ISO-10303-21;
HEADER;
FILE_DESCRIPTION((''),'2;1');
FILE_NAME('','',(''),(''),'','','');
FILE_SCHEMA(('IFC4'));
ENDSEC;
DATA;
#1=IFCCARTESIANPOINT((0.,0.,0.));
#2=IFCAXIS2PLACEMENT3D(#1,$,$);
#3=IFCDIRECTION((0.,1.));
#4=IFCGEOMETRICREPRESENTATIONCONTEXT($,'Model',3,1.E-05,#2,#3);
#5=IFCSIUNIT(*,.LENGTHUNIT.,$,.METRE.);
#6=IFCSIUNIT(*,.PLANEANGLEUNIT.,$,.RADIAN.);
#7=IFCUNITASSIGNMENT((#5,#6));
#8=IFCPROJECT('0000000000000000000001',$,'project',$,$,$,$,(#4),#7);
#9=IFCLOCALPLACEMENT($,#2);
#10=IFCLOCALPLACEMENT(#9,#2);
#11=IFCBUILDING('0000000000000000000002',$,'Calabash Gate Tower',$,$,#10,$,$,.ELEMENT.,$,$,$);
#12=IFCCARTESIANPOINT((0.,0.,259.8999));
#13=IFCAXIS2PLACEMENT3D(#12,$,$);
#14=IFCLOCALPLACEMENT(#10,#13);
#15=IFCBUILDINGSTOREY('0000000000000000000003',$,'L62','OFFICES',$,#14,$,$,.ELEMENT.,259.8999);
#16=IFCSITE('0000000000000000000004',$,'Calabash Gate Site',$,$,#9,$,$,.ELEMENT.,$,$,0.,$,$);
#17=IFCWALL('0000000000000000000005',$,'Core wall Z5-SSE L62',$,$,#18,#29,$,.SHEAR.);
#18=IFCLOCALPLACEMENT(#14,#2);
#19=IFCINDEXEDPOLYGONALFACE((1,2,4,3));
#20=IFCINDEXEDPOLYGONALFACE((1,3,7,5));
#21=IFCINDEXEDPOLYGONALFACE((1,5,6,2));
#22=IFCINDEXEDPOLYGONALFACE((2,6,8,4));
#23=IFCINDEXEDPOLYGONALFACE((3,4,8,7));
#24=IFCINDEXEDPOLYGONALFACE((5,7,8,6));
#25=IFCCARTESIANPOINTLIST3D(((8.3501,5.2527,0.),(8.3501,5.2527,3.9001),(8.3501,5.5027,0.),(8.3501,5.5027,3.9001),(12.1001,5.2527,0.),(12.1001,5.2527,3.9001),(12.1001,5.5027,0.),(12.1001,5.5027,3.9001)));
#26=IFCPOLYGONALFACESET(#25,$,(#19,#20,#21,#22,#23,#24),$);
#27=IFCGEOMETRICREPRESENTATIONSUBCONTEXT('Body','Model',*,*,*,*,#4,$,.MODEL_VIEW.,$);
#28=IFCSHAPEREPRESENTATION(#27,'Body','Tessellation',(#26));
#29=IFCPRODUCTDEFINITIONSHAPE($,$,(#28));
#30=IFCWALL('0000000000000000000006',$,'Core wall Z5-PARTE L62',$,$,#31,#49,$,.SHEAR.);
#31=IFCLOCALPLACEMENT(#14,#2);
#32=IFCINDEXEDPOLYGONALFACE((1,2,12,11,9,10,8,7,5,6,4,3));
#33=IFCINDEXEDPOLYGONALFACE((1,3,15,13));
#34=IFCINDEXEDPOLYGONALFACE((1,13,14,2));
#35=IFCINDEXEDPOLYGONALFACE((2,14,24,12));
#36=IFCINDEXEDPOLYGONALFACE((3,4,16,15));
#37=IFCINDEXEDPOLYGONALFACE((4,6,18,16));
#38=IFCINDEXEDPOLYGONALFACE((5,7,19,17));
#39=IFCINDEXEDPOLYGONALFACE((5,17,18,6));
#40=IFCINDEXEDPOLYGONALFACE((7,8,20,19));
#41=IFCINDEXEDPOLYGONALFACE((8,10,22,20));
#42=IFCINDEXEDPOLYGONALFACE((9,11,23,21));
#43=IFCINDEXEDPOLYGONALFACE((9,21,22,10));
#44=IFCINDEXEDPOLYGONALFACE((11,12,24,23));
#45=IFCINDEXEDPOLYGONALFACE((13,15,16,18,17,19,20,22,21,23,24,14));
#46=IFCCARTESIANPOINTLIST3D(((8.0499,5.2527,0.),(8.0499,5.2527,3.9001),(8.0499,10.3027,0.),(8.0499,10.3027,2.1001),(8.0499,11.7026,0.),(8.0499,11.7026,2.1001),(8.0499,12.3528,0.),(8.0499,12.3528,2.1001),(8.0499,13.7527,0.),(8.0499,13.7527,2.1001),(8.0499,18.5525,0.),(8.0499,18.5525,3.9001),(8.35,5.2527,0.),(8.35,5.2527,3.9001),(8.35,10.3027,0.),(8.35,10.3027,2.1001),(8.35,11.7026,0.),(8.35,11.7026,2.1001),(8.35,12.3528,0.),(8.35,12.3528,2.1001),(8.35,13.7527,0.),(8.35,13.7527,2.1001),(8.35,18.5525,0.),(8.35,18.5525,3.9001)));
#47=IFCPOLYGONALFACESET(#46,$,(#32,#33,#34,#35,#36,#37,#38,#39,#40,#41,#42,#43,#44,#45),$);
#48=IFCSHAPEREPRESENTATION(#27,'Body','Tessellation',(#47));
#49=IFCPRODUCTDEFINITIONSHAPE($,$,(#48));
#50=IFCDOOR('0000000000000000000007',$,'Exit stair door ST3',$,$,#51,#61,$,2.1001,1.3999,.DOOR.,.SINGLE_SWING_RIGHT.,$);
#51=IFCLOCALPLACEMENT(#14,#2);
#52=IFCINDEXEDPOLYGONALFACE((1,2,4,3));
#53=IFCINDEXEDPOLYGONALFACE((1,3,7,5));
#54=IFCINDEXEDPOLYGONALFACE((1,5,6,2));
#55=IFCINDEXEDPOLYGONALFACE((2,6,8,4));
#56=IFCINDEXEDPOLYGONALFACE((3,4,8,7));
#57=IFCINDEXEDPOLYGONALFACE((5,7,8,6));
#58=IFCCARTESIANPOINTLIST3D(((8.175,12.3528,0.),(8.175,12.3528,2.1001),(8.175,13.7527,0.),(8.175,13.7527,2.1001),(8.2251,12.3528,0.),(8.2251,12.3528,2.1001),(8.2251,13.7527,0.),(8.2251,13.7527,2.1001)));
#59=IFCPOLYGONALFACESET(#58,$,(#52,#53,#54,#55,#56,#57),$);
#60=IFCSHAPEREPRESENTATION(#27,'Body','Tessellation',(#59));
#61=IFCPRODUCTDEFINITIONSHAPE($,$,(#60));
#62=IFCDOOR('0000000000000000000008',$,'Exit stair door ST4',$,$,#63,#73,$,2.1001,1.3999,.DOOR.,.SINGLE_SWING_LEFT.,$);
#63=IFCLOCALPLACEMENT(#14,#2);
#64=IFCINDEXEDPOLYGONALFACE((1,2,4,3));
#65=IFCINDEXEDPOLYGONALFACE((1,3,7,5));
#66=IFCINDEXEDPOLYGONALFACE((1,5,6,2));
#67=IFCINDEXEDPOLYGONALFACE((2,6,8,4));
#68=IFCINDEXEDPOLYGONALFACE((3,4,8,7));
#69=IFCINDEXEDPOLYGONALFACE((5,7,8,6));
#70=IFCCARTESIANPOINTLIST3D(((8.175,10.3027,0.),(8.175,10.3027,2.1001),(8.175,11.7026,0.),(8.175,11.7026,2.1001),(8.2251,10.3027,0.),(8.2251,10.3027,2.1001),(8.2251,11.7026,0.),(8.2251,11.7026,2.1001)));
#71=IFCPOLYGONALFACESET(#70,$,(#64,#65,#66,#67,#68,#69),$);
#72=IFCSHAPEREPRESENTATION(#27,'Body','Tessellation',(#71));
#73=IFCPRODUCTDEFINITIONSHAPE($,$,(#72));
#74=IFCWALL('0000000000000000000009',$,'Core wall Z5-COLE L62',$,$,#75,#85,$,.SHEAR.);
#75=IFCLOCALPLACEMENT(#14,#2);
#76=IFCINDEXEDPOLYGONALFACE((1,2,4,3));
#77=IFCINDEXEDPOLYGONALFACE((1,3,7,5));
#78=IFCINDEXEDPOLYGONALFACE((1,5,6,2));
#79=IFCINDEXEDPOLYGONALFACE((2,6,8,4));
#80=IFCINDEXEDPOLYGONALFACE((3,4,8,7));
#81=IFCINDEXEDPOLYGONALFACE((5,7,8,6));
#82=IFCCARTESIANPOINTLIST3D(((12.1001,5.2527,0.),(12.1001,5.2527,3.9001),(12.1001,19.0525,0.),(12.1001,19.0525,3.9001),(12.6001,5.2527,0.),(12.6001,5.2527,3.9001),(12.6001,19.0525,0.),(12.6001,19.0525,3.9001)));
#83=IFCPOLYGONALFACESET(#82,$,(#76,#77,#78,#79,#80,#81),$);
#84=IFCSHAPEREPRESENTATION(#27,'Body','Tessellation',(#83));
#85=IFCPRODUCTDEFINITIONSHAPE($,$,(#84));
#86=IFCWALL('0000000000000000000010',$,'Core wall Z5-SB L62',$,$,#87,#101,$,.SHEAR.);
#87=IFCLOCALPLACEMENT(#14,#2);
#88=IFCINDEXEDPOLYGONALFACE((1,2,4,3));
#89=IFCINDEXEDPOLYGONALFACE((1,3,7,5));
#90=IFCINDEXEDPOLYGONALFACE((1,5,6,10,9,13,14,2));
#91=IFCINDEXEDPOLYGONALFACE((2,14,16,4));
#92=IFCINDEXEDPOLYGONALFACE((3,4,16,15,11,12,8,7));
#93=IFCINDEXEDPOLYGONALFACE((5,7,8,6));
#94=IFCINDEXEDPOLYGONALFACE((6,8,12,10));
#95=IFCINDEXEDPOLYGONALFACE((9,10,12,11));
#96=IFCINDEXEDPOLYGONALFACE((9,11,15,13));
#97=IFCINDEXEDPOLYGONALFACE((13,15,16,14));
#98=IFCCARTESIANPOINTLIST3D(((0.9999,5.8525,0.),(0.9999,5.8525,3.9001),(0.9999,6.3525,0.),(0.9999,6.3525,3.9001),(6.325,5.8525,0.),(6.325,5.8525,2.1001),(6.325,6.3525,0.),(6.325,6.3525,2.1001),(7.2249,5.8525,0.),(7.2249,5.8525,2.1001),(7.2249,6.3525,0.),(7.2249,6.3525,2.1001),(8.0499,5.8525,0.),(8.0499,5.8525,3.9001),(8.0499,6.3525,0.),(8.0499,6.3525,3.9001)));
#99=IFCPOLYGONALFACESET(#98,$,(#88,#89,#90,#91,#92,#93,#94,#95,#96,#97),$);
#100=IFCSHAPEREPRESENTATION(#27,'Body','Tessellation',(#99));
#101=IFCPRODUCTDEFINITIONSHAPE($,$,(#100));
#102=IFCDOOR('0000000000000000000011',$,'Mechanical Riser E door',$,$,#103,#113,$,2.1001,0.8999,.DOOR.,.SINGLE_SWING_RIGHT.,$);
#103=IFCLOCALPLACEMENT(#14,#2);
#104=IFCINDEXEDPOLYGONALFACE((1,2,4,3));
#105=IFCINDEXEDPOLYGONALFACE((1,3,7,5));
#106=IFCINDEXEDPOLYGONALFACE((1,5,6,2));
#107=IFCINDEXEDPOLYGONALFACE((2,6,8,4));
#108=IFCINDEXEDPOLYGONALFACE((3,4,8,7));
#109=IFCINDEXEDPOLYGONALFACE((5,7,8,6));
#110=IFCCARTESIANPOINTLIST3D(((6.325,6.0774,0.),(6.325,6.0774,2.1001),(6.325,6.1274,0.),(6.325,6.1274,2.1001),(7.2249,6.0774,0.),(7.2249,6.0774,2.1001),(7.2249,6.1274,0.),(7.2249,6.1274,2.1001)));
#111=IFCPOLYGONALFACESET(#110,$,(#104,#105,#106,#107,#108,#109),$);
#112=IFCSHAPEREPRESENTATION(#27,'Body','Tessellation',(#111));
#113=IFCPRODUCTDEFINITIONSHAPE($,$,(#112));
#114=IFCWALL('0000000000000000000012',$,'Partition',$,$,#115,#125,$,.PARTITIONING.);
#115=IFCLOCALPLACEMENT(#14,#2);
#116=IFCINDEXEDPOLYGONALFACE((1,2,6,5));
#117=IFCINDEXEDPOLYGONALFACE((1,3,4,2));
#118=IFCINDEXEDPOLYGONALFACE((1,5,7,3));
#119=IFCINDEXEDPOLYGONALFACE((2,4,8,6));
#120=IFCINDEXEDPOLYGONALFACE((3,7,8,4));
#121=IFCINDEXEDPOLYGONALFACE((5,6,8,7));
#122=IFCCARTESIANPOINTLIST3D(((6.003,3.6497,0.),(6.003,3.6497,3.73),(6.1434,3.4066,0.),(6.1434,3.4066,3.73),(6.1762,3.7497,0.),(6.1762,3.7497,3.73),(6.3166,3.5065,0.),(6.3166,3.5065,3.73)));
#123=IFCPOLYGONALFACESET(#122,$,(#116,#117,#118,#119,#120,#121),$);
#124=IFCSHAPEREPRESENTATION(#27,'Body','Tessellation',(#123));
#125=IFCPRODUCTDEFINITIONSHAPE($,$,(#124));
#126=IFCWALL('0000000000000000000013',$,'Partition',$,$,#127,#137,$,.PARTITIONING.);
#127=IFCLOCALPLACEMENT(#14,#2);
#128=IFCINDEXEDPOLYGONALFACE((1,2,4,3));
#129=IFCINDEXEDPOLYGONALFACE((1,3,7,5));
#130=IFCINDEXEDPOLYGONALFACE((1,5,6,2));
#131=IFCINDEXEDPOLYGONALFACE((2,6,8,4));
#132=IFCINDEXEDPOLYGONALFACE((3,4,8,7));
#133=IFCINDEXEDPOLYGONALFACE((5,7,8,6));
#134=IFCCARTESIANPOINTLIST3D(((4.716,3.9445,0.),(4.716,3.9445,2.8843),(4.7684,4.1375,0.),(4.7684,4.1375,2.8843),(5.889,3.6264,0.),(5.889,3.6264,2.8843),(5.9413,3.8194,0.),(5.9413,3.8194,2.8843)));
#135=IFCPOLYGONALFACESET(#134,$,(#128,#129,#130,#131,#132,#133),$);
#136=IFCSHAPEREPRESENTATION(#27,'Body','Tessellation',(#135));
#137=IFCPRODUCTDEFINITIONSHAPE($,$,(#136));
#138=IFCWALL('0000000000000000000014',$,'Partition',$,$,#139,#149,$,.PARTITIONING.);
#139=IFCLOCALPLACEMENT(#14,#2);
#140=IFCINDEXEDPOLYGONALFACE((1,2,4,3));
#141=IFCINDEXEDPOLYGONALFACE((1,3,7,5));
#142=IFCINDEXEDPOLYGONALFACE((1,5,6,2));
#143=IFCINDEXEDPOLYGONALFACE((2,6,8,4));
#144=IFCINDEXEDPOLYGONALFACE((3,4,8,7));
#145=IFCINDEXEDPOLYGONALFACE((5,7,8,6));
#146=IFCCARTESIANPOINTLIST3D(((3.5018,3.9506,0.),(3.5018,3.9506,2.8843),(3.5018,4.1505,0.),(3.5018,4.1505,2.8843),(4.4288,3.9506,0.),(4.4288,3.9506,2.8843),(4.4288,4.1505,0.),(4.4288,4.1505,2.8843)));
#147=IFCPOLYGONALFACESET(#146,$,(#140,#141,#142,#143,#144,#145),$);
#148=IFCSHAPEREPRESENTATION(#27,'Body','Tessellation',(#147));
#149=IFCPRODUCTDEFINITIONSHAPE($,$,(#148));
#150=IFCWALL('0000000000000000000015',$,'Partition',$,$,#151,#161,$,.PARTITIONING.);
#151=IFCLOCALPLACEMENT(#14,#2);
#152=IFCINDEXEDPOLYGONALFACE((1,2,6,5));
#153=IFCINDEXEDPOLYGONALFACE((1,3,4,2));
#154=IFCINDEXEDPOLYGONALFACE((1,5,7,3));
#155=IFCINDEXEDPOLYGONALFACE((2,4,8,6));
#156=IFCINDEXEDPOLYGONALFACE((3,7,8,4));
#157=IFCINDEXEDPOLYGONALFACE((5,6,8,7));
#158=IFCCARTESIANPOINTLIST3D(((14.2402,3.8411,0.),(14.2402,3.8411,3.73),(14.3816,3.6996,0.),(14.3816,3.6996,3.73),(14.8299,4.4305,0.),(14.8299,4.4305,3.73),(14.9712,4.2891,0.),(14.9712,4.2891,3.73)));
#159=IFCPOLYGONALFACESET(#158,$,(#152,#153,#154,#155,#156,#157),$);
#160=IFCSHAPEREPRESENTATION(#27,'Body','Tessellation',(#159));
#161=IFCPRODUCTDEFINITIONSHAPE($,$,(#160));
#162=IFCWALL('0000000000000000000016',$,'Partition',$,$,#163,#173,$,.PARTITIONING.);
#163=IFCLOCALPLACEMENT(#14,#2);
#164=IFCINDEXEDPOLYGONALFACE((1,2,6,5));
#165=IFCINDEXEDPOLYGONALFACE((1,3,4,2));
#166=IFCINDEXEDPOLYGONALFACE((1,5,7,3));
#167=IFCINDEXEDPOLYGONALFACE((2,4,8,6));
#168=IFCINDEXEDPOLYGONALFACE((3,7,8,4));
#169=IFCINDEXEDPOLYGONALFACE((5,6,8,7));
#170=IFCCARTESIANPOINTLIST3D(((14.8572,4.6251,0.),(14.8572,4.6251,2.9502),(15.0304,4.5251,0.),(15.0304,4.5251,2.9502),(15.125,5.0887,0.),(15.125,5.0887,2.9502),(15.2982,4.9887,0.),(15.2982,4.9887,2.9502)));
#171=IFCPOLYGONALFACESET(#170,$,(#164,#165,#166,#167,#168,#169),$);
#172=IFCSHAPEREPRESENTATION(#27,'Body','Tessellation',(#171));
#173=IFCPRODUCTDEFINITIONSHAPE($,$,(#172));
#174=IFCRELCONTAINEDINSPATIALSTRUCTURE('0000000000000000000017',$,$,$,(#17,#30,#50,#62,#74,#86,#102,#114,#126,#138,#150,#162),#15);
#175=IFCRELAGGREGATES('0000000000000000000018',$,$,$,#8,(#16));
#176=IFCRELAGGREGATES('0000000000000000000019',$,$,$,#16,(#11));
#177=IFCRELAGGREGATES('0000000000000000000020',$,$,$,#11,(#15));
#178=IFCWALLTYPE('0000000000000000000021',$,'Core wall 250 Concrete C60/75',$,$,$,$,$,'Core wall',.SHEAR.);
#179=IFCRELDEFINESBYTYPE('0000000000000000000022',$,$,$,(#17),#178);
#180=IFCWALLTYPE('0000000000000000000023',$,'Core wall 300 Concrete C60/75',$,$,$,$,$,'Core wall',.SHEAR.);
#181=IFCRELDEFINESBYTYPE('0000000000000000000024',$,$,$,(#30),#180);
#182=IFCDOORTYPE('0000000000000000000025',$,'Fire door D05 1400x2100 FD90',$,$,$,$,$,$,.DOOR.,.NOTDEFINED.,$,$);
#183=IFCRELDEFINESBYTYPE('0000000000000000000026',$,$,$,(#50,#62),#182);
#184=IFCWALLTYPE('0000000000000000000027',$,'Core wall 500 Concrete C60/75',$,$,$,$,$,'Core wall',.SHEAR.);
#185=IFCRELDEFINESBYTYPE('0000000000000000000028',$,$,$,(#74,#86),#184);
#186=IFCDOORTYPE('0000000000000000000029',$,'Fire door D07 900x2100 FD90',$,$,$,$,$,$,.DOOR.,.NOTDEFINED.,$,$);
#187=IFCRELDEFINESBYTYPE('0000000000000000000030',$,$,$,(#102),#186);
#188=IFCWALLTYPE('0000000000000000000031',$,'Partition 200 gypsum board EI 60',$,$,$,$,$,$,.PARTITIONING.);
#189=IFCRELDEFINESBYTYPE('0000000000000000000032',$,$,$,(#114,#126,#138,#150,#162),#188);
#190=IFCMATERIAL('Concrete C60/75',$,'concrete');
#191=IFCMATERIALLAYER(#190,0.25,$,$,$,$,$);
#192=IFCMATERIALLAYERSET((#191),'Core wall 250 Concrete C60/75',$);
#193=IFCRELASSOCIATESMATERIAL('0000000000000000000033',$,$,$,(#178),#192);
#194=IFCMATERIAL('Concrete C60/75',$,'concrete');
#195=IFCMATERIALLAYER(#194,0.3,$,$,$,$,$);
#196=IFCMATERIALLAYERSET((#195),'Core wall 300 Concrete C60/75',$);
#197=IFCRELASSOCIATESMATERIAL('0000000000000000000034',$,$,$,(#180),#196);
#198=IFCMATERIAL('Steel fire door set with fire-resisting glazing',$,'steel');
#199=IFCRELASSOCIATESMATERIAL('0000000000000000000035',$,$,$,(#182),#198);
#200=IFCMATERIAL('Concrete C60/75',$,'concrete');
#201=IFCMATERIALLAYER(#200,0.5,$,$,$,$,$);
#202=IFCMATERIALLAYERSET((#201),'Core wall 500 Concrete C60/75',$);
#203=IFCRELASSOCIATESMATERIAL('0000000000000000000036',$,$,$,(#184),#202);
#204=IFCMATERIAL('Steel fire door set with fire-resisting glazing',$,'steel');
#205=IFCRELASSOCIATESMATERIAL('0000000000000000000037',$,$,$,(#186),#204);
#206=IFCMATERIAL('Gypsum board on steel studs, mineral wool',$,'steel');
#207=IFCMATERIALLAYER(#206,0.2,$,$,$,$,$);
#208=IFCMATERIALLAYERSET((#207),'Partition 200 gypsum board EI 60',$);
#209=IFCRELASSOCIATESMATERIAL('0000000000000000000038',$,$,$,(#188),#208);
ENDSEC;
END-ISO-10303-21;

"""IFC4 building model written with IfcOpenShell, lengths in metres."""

from ifc_helpers import new_model, si_unit, direction, frame, frame_2d, origin, place, context, subcontext, project, spatial, rectangle, extrude, material, layer, layer_set, type_object, element, fill, save


model = new_model("IFC4")

# Units and contexts
model_context = context("Model", 3, precision=1e-05, world=origin(), true_north=direction((0.0, 1.0)))
body_context = subcontext(model_context, "Body", "Model", "MODEL_VIEW")
ifc_project = project(units=[si_unit("LENGTHUNIT", "METRE"), si_unit("PLANEANGLEUNIT", "RADIAN")], contexts=[model_context])

# Site, building, storey
site_placement = place(None, origin())
site = spatial("IfcSite", under=ifc_project, at=site_placement, Name="Calabash Gate Site", CompositionType="ELEMENT", RefElevation=0.0)
building_placement = place(site_placement, origin())
building = spatial("IfcBuilding", under=site, at=building_placement, Name="Calabash Gate Tower", CompositionType="ELEMENT")
storey_placement = place(building_placement, frame((0.0, 0.0, 259.8999)))
storey = spatial("IfcBuildingStorey", under=building, at=storey_placement, Name="L62", Description="OFFICES", CompositionType="ELEMENT", Elevation=259.8999)

# Wall
ifc_material_1 = material(Name="Concrete C60/75", Category="concrete")
ifc_layer_1 = layer(ifc_material_1, 0.25)
ifc_layer_set_1 = layer_set([ifc_layer_1], Name="Core wall 250 Concrete C60/75")
wall_type_1 = type_object("IfcWallType", Name="Core wall 250 Concrete C60/75", ElementType="Core wall", PredefinedType="SHEAR", material=ifc_layer_set_1)
wall_1_placement = place(storey_placement, frame((8.3501, 5.3777, 0.0), z_axis=(0.0, 0.0, 1.0), x_axis=(1.0, 0.0, 0.0)))
element("IfcWall", 1, at=wall_1_placement, inside=storey, type_object=wall_type_1, Name="Core wall Z5-SSE L62", PredefinedType="SHEAR", context=body_context, shape_type="SweptSolid", body=[
    extrude(rectangle(XDim=3.75, YDim=0.25, at=frame_2d((1.875, 0.0))), origin(), (0.0, 0.0, 1.0), 3.9001),
])

# Wall, openings, doors
ifc_material_2 = material(Name="Concrete C60/75", Category="concrete")
ifc_layer_2 = layer(ifc_material_2, 0.3)
ifc_layer_set_2 = layer_set([ifc_layer_2], Name="Core wall 300 Concrete C60/75")
wall_type_2 = type_object("IfcWallType", Name="Core wall 300 Concrete C60/75", ElementType="Core wall", PredefinedType="SHEAR", material=ifc_layer_set_2)
wall_2_placement = place(storey_placement, frame((8.2, 5.2527, 0.0), z_axis=(0.0, 0.0, 1.0), x_axis=(0.0, 1.0, 0.0)))
wall_2 = element("IfcWall", 2, at=wall_2_placement, inside=storey, type_object=wall_type_2, Name="Core wall Z5-PARTE L62", PredefinedType="SHEAR", context=body_context, shape_type="SweptSolid", body=[
    extrude(rectangle(XDim=13.2998, YDim=0.3, at=frame_2d((6.6499, 0.0))), origin(), (0.0, 0.0, 1.0), 3.9001),
])
opening_1_placement = place(wall_2_placement, frame((7.1001, 0.0, 0.0)))
opening_1 = element("IfcOpeningElement", 3, at=opening_1_placement, cuts=wall_2, PredefinedType="OPENING", context=body_context, shape_type="SweptSolid", body=[
    extrude(rectangle(XDim=1.3999, YDim=2.1001, at=frame_2d((0.7, 1.05))), frame((0.0, 0.1599, 0.0), z_axis=(0.0, -1.0, 0.0), x_axis=(1.0, 0.0, 0.0)), (0.0, 0.0, 1.0), 0.3201),
])
opening_2_placement = place(wall_2_placement, frame((5.05, 0.0, 0.0)))
opening_2 = element("IfcOpeningElement", 4, at=opening_2_placement, cuts=wall_2, PredefinedType="OPENING", context=body_context, shape_type="SweptSolid", body=[
    extrude(rectangle(XDim=1.3999, YDim=2.1001, at=frame_2d((0.7, 1.05))), frame((0.0, 0.1599, 0.0), z_axis=(0.0, -1.0, 0.0), x_axis=(1.0, 0.0, 0.0)), (0.0, 0.0, 1.0), 0.3201),
])
ifc_material_3 = material(Name="Steel fire door set with fire-resisting glazing", Category="steel")
door_type_1 = type_object("IfcDoorType", Name="Fire door D05 1400x2100 FD90", OperationType="NOTDEFINED", PredefinedType="DOOR", material=ifc_material_3)
door_1_placement = place(opening_1_placement, origin())
door_1 = element("IfcDoor", 5, at=door_1_placement, inside=storey, type_object=door_type_1, Name="Exit stair door ST3", OperationType="SINGLE_SWING_RIGHT", OverallHeight=2.1001, OverallWidth=1.3999, PredefinedType="DOOR", context=body_context, shape_type="SweptSolid", body=[
    extrude(rectangle(XDim=1.3999, YDim=2.1001, at=frame_2d((0.7, 1.05))), frame((0.0, 0.0249, 0.0), z_axis=(0.0, -1.0, 0.0), x_axis=(1.0, 0.0, 0.0)), (0.0, 0.0, 1.0), 0.05),
])
fill(opening_1, door_1)
door_2_placement = place(opening_2_placement, origin())
door_2 = element("IfcDoor", 6, at=door_2_placement, inside=storey, type_object=door_type_1, Name="Exit stair door ST4", OperationType="SINGLE_SWING_LEFT", OverallHeight=2.1001, OverallWidth=1.3999, PredefinedType="DOOR", context=body_context, shape_type="SweptSolid", body=[
    extrude(rectangle(XDim=1.3999, YDim=2.1001, at=frame_2d((0.7, 1.05))), frame((0.0, 0.0249, 0.0), z_axis=(0.0, -1.0, 0.0), x_axis=(1.0, 0.0, 0.0)), (0.0, 0.0, 1.0), 0.05),
])
fill(opening_2, door_2)

# Wall
ifc_material_4 = material(Name="Concrete C60/75", Category="concrete")
ifc_layer_3 = layer(ifc_material_4, 0.5)
ifc_layer_set_3 = layer_set([ifc_layer_3], Name="Core wall 500 Concrete C60/75")
wall_type_3 = type_object("IfcWallType", Name="Core wall 500 Concrete C60/75", ElementType="Core wall", PredefinedType="SHEAR", material=ifc_layer_set_3)
wall_3_placement = place(storey_placement, frame((12.3501, 5.2527, 0.0), z_axis=(0.0, 0.0, 1.0), x_axis=(0.0, 1.0, 0.0)))
element("IfcWall", 7, at=wall_3_placement, inside=storey, type_object=wall_type_3, Name="Core wall Z5-COLE L62", PredefinedType="SHEAR", context=body_context, shape_type="SweptSolid", body=[
    extrude(rectangle(XDim=13.7998, YDim=0.5, at=frame_2d((6.8999, 0.0))), origin(), (0.0, 0.0, 1.0), 3.9001),
])

# Wall, opening, door
wall_4_placement = place(storey_placement, frame((1.0, 6.1025, 0.0), z_axis=(0.0, 0.0, 1.0), x_axis=(1.0, 0.0, 0.0)))
wall_4 = element("IfcWall", 8, at=wall_4_placement, inside=storey, type_object=wall_type_3, Name="Core wall Z5-SB L62", PredefinedType="SHEAR", context=body_context, shape_type="SweptSolid", body=[
    extrude(rectangle(XDim=7.05, YDim=0.5, at=frame_2d((3.5249, 0.0))), origin(), (0.0, 0.0, 1.0), 3.9001),
])
opening_3_placement = place(wall_4_placement, frame((5.325, 0.0, 0.0)))
opening_3 = element("IfcOpeningElement", 9, at=opening_3_placement, cuts=wall_4, PredefinedType="OPENING", context=body_context, shape_type="SweptSolid", body=[
    extrude(rectangle(XDim=0.8999, YDim=2.1001, at=frame_2d((0.45, 1.05))), frame((0.0, 0.26, 0.0), z_axis=(0.0, -1.0, 0.0), x_axis=(1.0, 0.0, 0.0)), (0.0, 0.0, 1.0), 0.52),
])
ifc_material_5 = material(Name="Steel fire door set with fire-resisting glazing", Category="steel")
door_type_2 = type_object("IfcDoorType", Name="Fire door D07 900x2100 FD90", OperationType="NOTDEFINED", PredefinedType="DOOR", material=ifc_material_5)
door_3_placement = place(opening_3_placement, origin())
door_3 = element("IfcDoor", 10, at=door_3_placement, inside=storey, type_object=door_type_2, Name="Mechanical Riser E door", OperationType="SINGLE_SWING_RIGHT", OverallHeight=2.1001, OverallWidth=0.8999, PredefinedType="DOOR", context=body_context, shape_type="SweptSolid", body=[
    extrude(rectangle(XDim=0.8999, YDim=2.1001, at=frame_2d((0.45, 1.05))), frame((0.0, 0.0249, 0.0), z_axis=(0.0, -1.0, 0.0), x_axis=(1.0, 0.0, 0.0)), (0.0, 0.0, 1.0), 0.05),
])
fill(opening_3, door_3)

# Walls
ifc_material_6 = material(Name="Gypsum board on steel studs, mineral wool", Category="steel")
ifc_layer_4 = layer(ifc_material_6, 0.2)
ifc_layer_set_4 = layer_set([ifc_layer_4], Name="Partition 200 gypsum board EI 60")
wall_type_4 = type_object("IfcWallType", Name="Partition 200 gypsum board EI 60", PredefinedType="PARTITIONING", material=ifc_layer_set_4)
wall_5_placement = place(storey_placement, frame((6.0896, 3.6997, 0.0), z_axis=(0.0, 0.0, 1.0), x_axis=(0.499973, -0.866041, 0.0)))
element("IfcWall", 11, at=wall_5_placement, inside=storey, type_object=wall_type_4, Name="Partition", PredefinedType="PARTITIONING", context=body_context, shape_type="SweptSolid", body=[
    extrude(rectangle(XDim=0.2808, YDim=0.2, at=frame_2d((0.1404, 0.0))), origin(), (0.0, 0.0, 1.0), 3.73),
])
wall_6_placement = place(storey_placement, frame((4.7422, 4.041, 0.0), z_axis=(0.0, 0.0, 1.0), x_axis=(0.965129, -0.261774, 0.0)))
element("IfcWall", 12, at=wall_6_placement, inside=storey, type_object=wall_type_4, Name="Partition", PredefinedType="PARTITIONING", context=body_context, shape_type="SweptSolid", body=[
    extrude(rectangle(XDim=1.2153, YDim=0.2, at=frame_2d((0.6077, 0.0))), origin(), (0.0, 0.0, 1.0), 2.8843),
])
wall_7_placement = place(storey_placement, frame((3.502, 4.0505, 0.0), z_axis=(0.0, 0.0, 1.0), x_axis=(1.0, 0.0, 0.0)))
element("IfcWall", 13, at=wall_7_placement, inside=storey, type_object=wall_type_4, Name="Partition", PredefinedType="PARTITIONING", context=body_context, shape_type="SweptSolid", body=[
    extrude(rectangle(XDim=0.927, YDim=0.2, at=frame_2d((0.4634, 0.0))), origin(), (0.0, 0.0, 1.0), 2.8843),
])
wall_8_placement = place(storey_placement, frame((14.3108, 3.7703, 0.0), z_axis=(0.0, 0.0, 1.0), x_axis=(0.707253, 0.70696, 0.0)))
element("IfcWall", 14, at=wall_8_placement, inside=storey, type_object=wall_type_4, Name="Partition", PredefinedType="PARTITIONING", context=body_context, shape_type="SweptSolid", body=[
    extrude(rectangle(XDim=0.8337, YDim=0.2, at=frame_2d((0.417, 0.0))), origin(), (0.0, 0.0, 1.0), 3.73),
])
wall_9_placement = place(storey_placement, frame((14.9438, 4.5752, 0.0), z_axis=(0.0, 0.0, 1.0), x_axis=(0.500209, 0.865905, 0.0)))
element("IfcWall", 15, at=wall_9_placement, inside=storey, type_object=wall_type_4, Name="Partition", PredefinedType="PARTITIONING", context=body_context, shape_type="SweptSolid", body=[
    extrude(rectangle(XDim=0.5354, YDim=0.2, at=frame_2d((0.2676, 0.0))), origin(), (0.0, 0.0, 1.0), 2.9502),
])

save(model, "model.ifc")
